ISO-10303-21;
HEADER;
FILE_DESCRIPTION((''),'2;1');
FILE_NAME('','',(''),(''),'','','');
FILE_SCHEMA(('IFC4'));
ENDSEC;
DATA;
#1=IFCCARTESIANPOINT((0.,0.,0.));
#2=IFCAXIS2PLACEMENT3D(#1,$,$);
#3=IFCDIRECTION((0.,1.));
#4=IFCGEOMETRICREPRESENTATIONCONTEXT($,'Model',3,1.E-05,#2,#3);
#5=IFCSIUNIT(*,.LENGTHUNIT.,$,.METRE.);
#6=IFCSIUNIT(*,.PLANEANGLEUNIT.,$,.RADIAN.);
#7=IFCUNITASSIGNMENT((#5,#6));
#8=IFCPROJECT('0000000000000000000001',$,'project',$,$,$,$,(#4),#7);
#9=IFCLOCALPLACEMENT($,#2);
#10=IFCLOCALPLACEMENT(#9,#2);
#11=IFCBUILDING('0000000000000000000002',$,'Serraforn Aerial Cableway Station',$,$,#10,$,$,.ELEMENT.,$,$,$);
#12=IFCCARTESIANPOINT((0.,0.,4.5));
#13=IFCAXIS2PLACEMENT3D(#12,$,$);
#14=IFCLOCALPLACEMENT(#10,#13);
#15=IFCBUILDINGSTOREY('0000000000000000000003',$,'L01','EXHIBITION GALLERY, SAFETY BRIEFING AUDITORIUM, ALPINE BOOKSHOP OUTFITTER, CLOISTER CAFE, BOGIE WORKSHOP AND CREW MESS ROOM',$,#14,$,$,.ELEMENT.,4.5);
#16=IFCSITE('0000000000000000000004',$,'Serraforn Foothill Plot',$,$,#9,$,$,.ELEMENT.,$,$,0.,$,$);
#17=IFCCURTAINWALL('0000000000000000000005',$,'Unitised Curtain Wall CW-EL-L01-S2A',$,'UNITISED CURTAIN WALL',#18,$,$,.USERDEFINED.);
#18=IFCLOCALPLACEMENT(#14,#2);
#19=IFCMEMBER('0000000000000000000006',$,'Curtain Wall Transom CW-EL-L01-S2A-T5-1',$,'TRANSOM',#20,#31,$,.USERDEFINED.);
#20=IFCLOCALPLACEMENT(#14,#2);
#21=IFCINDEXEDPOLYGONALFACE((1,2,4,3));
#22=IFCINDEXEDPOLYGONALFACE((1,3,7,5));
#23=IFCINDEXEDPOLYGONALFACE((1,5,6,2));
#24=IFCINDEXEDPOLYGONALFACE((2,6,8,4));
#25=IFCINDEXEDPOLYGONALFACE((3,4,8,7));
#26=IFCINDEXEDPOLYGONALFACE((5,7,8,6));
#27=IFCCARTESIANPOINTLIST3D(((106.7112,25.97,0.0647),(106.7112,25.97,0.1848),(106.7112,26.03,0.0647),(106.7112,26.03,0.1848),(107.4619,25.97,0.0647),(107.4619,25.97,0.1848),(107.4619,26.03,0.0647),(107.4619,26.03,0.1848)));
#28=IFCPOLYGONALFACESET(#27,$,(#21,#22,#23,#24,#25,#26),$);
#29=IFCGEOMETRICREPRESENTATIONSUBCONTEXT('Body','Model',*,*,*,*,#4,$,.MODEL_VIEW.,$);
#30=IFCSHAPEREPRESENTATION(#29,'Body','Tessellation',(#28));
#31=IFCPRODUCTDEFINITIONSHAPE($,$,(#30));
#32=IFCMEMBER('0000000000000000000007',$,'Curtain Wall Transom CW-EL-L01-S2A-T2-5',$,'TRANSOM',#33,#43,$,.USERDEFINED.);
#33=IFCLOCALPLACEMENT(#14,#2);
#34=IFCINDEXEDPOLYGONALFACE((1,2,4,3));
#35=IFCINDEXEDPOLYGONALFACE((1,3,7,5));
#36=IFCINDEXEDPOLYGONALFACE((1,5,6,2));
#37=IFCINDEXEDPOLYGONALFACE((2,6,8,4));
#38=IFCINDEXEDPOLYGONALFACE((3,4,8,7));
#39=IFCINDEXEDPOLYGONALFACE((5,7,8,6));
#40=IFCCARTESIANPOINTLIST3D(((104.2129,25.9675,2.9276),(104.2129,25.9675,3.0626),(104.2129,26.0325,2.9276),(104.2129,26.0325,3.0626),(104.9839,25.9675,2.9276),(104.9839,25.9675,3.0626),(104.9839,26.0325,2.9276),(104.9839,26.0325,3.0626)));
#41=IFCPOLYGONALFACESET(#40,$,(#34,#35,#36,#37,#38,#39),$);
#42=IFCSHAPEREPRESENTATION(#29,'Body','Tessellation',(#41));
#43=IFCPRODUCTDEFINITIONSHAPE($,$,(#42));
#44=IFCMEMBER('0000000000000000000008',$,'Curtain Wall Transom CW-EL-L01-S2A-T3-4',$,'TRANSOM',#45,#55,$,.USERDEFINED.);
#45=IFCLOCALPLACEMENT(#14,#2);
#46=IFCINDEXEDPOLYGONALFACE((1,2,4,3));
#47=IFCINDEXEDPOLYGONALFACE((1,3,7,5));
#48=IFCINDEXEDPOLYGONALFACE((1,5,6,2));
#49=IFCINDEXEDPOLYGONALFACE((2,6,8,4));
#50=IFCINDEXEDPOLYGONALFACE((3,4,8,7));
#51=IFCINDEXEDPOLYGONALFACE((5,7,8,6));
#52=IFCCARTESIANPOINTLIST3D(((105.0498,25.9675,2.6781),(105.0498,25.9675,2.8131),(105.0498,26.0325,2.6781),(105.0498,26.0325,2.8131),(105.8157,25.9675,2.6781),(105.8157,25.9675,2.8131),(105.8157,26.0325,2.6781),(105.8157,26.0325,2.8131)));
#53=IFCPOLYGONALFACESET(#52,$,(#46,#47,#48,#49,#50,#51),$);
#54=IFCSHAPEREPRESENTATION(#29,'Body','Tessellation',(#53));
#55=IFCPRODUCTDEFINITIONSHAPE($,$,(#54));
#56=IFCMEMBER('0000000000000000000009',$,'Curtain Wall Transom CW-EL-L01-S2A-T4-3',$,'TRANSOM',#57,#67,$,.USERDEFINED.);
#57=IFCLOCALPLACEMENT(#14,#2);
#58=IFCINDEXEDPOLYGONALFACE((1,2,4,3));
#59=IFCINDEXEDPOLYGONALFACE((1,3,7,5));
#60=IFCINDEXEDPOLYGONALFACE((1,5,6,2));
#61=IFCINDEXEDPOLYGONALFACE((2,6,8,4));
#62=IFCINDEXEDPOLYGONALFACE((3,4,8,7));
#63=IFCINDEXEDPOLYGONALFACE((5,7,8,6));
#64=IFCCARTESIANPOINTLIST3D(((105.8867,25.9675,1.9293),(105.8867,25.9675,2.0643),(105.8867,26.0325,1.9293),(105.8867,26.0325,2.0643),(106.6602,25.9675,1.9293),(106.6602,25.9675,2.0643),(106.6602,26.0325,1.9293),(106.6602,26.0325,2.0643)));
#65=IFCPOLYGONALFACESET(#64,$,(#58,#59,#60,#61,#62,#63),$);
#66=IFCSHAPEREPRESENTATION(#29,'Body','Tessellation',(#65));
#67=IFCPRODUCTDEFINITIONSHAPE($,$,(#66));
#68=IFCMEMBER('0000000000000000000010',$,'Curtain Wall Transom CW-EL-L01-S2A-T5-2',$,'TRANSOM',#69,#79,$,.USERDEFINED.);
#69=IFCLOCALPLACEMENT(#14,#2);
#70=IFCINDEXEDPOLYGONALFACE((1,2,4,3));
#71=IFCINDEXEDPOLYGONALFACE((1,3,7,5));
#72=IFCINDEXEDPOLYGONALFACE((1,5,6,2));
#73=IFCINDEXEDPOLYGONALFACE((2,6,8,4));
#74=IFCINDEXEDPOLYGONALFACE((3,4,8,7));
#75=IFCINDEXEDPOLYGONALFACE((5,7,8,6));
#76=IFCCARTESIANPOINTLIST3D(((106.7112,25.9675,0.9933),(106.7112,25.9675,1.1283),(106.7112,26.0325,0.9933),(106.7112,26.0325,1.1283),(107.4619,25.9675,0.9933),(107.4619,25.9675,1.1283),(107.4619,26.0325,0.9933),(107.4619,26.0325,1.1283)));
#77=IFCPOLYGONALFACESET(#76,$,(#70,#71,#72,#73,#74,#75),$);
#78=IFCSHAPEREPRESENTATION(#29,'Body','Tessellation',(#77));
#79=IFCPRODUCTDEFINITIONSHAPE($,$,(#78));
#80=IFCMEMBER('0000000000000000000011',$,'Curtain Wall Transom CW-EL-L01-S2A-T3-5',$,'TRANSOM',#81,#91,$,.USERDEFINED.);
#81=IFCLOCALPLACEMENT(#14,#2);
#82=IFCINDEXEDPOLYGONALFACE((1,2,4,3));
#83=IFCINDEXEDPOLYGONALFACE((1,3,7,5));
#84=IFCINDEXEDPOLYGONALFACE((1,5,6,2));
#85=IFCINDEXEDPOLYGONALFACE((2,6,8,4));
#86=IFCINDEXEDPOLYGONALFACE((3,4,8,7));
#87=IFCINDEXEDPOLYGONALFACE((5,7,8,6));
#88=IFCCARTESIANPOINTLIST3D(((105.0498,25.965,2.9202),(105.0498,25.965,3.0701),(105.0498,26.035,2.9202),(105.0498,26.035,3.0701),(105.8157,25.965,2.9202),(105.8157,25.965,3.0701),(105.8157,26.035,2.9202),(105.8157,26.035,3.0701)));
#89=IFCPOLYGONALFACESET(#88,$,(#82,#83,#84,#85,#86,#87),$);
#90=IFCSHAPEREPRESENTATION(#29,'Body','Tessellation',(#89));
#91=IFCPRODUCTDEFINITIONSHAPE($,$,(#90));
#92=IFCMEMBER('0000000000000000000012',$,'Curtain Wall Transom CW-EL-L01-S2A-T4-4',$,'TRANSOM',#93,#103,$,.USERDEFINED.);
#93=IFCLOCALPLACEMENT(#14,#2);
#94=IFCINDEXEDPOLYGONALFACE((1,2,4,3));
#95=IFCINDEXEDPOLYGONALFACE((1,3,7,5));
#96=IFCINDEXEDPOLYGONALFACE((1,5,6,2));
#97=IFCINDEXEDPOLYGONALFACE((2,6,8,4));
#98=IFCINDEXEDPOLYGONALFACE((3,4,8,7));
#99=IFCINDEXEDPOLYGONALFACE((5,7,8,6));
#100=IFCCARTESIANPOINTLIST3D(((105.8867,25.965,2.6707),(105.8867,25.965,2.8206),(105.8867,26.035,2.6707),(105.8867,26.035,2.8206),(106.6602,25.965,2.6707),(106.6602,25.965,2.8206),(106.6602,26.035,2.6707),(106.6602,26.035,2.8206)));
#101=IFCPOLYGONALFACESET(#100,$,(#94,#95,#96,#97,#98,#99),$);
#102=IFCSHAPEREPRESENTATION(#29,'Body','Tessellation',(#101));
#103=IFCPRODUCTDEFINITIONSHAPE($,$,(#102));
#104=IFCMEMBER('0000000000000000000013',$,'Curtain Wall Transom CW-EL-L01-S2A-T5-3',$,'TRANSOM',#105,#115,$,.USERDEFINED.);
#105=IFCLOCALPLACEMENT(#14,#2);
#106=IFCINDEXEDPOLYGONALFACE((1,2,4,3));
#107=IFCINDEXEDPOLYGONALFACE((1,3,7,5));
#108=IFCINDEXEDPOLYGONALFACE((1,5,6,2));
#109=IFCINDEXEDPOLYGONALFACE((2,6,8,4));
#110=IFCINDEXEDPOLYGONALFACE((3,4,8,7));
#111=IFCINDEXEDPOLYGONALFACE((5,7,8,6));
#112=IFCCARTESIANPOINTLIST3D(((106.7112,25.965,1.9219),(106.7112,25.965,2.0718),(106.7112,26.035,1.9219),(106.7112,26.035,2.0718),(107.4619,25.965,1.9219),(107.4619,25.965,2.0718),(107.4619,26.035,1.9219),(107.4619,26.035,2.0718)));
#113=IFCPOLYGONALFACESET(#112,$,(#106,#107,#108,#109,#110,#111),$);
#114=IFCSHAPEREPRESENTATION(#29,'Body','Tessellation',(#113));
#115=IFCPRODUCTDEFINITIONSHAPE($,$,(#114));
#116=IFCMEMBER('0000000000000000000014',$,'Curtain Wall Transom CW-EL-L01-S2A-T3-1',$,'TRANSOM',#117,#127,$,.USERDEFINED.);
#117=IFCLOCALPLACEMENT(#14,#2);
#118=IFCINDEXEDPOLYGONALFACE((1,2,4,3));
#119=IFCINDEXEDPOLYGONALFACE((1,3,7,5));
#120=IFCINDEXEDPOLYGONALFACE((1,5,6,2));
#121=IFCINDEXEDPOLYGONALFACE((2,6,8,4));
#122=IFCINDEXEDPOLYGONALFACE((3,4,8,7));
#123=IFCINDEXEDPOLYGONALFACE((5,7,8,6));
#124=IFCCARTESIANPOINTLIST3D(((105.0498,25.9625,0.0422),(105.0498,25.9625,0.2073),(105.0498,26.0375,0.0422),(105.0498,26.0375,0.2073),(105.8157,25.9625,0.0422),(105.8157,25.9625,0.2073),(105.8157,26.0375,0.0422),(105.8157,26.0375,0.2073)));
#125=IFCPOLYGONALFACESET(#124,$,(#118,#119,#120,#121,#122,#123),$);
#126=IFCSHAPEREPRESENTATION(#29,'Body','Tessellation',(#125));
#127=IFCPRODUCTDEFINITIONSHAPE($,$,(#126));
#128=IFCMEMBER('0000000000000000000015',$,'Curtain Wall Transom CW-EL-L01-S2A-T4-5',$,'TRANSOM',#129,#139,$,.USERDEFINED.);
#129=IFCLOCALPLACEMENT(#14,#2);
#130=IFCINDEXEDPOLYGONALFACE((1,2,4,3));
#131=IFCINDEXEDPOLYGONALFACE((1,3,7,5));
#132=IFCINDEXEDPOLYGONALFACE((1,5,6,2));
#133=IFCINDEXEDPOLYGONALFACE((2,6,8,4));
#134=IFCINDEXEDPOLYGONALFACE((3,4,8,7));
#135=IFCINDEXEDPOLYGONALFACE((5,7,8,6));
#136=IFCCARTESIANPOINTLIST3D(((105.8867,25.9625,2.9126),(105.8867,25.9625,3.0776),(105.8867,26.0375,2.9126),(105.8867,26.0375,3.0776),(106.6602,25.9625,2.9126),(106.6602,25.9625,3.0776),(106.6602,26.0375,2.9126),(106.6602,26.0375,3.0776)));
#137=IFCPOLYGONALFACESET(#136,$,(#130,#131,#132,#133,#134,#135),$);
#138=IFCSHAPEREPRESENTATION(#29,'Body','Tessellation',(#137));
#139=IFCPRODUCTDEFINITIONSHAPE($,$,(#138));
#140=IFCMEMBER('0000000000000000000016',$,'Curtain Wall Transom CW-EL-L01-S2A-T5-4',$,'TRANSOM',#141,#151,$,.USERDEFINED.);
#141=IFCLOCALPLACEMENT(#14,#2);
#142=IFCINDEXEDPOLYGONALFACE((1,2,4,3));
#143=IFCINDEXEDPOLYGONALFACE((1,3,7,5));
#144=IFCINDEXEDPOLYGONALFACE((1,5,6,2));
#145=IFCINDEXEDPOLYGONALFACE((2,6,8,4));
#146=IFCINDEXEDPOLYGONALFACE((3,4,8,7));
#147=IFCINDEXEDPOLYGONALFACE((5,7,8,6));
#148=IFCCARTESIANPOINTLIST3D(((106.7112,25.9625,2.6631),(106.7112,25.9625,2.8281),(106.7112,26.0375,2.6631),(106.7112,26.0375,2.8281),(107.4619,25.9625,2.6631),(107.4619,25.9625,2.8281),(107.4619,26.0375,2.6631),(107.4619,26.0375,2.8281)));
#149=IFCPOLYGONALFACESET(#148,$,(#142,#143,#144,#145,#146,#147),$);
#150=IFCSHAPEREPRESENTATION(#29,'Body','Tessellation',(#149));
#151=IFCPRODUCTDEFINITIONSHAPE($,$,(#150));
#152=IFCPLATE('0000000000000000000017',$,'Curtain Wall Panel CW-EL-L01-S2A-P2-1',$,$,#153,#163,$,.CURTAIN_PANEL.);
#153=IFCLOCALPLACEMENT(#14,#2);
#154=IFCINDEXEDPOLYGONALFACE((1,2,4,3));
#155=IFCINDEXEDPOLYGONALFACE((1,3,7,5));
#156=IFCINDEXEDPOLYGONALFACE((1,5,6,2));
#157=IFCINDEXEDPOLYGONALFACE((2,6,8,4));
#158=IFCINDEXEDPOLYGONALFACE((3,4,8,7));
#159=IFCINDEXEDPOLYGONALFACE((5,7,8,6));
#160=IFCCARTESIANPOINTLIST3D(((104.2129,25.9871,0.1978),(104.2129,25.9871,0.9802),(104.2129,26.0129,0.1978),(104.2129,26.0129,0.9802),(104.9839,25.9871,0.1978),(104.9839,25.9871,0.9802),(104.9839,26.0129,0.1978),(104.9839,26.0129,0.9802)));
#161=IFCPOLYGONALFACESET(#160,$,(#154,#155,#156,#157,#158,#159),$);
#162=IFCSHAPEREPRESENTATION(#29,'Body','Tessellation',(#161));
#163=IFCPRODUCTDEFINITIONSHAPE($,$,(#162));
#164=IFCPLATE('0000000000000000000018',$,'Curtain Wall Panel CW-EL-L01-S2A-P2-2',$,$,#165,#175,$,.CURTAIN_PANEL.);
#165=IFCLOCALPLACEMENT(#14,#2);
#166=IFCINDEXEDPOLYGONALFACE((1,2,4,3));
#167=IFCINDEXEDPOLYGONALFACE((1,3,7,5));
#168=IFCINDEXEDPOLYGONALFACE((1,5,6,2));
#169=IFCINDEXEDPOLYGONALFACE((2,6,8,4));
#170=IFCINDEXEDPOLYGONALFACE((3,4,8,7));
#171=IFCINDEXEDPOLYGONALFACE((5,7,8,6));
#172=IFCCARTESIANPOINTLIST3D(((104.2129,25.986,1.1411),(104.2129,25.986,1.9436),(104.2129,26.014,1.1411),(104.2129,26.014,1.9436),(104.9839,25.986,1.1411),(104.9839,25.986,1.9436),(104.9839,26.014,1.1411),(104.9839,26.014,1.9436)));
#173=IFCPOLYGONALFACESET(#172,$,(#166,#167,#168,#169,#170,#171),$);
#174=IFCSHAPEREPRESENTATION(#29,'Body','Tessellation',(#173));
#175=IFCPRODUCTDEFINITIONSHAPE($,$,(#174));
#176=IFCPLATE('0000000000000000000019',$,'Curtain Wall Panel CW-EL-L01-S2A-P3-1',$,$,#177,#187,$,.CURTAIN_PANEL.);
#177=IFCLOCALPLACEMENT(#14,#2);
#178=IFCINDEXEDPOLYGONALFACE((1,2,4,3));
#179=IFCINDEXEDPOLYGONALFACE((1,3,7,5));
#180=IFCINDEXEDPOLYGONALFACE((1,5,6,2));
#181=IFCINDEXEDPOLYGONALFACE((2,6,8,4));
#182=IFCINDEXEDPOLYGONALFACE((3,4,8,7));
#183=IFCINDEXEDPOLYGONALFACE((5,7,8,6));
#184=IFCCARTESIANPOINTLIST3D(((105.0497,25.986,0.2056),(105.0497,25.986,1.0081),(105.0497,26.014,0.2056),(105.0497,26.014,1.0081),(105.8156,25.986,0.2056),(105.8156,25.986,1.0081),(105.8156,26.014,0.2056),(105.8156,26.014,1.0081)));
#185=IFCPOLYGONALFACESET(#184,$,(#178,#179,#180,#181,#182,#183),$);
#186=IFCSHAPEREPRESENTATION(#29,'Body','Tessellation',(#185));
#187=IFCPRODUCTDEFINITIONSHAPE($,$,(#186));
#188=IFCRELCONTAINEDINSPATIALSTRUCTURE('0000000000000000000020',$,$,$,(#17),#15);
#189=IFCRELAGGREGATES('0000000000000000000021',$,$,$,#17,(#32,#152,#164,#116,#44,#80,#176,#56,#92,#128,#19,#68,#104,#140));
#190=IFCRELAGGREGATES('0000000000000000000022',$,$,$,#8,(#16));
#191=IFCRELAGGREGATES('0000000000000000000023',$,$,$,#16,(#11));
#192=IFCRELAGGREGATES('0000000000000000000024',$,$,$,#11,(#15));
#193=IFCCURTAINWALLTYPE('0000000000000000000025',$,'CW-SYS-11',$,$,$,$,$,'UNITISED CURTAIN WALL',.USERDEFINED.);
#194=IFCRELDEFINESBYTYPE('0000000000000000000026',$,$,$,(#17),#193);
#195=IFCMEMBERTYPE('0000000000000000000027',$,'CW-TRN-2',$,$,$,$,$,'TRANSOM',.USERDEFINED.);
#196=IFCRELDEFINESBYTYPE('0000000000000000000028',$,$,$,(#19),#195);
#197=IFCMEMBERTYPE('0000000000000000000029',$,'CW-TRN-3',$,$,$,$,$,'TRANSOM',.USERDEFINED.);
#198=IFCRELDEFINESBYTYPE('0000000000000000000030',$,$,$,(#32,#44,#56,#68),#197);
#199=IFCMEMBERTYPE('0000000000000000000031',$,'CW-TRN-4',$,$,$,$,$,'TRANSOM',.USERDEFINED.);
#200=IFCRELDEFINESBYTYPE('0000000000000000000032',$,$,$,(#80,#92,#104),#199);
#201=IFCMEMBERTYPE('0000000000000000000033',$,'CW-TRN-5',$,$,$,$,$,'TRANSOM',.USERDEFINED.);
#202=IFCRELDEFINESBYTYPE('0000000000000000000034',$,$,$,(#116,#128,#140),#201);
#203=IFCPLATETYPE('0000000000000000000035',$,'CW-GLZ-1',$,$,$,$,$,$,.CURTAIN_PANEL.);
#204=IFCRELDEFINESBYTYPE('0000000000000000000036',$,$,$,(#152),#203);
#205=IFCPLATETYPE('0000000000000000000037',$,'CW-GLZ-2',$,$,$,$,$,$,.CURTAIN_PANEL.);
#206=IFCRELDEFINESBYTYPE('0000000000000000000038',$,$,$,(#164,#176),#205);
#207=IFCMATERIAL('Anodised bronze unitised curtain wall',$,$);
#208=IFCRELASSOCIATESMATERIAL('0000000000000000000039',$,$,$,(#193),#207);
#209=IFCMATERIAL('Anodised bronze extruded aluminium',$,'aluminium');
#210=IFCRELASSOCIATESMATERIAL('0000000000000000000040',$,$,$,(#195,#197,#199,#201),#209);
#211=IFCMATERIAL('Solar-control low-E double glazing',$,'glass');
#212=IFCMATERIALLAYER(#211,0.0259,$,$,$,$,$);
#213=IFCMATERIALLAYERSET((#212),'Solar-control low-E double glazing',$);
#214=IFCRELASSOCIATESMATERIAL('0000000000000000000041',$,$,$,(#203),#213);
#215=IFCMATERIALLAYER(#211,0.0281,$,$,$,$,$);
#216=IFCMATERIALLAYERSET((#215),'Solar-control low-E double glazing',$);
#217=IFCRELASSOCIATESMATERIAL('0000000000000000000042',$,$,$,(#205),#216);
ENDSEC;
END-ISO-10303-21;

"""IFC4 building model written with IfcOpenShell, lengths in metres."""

from ifc_helpers import new_model, si_unit, direction, frame, origin, origin_2d, place, context, subcontext, project, spatial, rectangle, extrude, material, layer, layer_set, material_profile, profile_set, type_object, element, aggregate, save


model = new_model("IFC4")

# Units and contexts
model_context = context("Model", 3, precision=1e-05, world=origin(), true_north=direction((0.0, 1.0)))
body_context = subcontext(model_context, "Body", "Model", "MODEL_VIEW")
ifc_project = project(units=[si_unit("LENGTHUNIT", "METRE"), si_unit("PLANEANGLEUNIT", "RADIAN")], contexts=[model_context])

# Site, building, storey
site_placement = place(None, origin())
site = spatial("IfcSite", under=ifc_project, at=site_placement, Name="Serraforn Foothill Plot", CompositionType="ELEMENT", RefElevation=0.0)
building_placement = place(site_placement, origin())
building = spatial("IfcBuilding", under=site, at=building_placement, Name="Serraforn Aerial Cableway Station", CompositionType="ELEMENT")
storey_placement = place(building_placement, frame((0.0, 0.0, 4.5)))
storey = spatial("IfcBuildingStorey", under=building, at=storey_placement, Name="L01", Description="EXHIBITION GALLERY, SAFETY BRIEFING AUDITORIUM, ALPINE BOOKSHOP OUTFITTER, CLOISTER CAFE, BOGIE WORKSHOP AND CREW MESS ROOM", CompositionType="ELEMENT", Elevation=4.5)

# Curtain wall, members, plates
ifc_material_1 = material(Name="Anodised bronze unitised curtain wall")
curtain_wall_type = type_object("IfcCurtainWallType", Name="CW-SYS-11", ElementType="UNITISED CURTAIN WALL", PredefinedType="USERDEFINED", material=ifc_material_1)
curtain_wall_placement = place(storey_placement, origin())
curtain_wall = element("IfcCurtainWall", 1, at=curtain_wall_placement, inside=storey, type_object=curtain_wall_type, Name="Unitised Curtain Wall CW-EL-L01-S2A", ObjectType="UNITISED CURTAIN WALL", PredefinedType="USERDEFINED")
ifc_material_2 = material(Name="Anodised bronze extruded aluminium", Category="aluminium")
ifc_material_profile_1 = material_profile(ifc_material_2, rectangle(XDim=0.0601, YDim=0.1201, at=origin_2d()), Name="CW TRANSOM 60x120")
ifc_profile_set_1 = profile_set([ifc_material_profile_1], Name="Anodised bronze extruded aluminium")
member_type_1 = type_object("IfcMemberType", Name="CW-TRN-2", ElementType="TRANSOM", PredefinedType="USERDEFINED", material=ifc_profile_set_1)
member_1_placement = place(storey_placement, frame((106.7112, 26.0, 0.1248), z_axis=(1.0, 0.0, 0.0), x_axis=(0.0, 1.0, 0.0)))
member_1 = element("IfcMember", 2, at=member_1_placement, type_object=member_type_1, Name="Curtain Wall Transom CW-EL-L01-S2A-T5-1", ObjectType="TRANSOM", PredefinedType="USERDEFINED", context=body_context, shape_type="SweptSolid", body=[
    extrude(rectangle(XDim=0.0601, YDim=0.1201, at=origin_2d()), origin(), (0.0, 0.0, 1.0), 0.7507),
])
ifc_material_profile_2 = material_profile(ifc_material_2, rectangle(XDim=0.0649, YDim=0.135, at=origin_2d()), Name="CW TRANSOM 65x135")
ifc_profile_set_2 = profile_set([ifc_material_profile_2], Name="Anodised bronze extruded aluminium")
member_type_2 = type_object("IfcMemberType", Name="CW-TRN-3", ElementType="TRANSOM", PredefinedType="USERDEFINED", material=ifc_profile_set_2)
member_2_placement = place(storey_placement, frame((104.2129, 26.0, 2.9951), z_axis=(1.0, 0.0, 0.0), x_axis=(0.0, 1.0, 0.0)))
member_2 = element("IfcMember", 3, at=member_2_placement, type_object=member_type_2, Name="Curtain Wall Transom CW-EL-L01-S2A-T2-5", ObjectType="TRANSOM", PredefinedType="USERDEFINED", context=body_context, shape_type="SweptSolid", body=[
    extrude(rectangle(XDim=0.0649, YDim=0.135, at=origin_2d()), origin(), (0.0, 0.0, 1.0), 0.771),
])
member_3_placement = place(storey_placement, frame((105.0498, 26.0, 2.7456), z_axis=(1.0, 0.0, 0.0), x_axis=(0.0, 1.0, 0.0)))
member_3 = element("IfcMember", 4, at=member_3_placement, type_object=member_type_2, Name="Curtain Wall Transom CW-EL-L01-S2A-T3-4", ObjectType="TRANSOM", PredefinedType="USERDEFINED", context=body_context, shape_type="SweptSolid", body=[
    extrude(rectangle(XDim=0.0649, YDim=0.135, at=origin_2d()), origin(), (0.0, 0.0, 1.0), 0.7659),
])
member_4_placement = place(storey_placement, frame((105.8867, 26.0, 1.9968), z_axis=(1.0, 0.0, 0.0), x_axis=(0.0, 1.0, 0.0)))
member_4 = element("IfcMember", 5, at=member_4_placement, type_object=member_type_2, Name="Curtain Wall Transom CW-EL-L01-S2A-T4-3", ObjectType="TRANSOM", PredefinedType="USERDEFINED", context=body_context, shape_type="SweptSolid", body=[
    extrude(rectangle(XDim=0.0649, YDim=0.135, at=origin_2d()), origin(), (0.0, 0.0, 1.0), 0.7734),
])
member_5_placement = place(storey_placement, frame((106.7112, 26.0, 1.0608), z_axis=(1.0, 0.0, 0.0), x_axis=(0.0, 1.0, 0.0)))
member_5 = element("IfcMember", 6, at=member_5_placement, type_object=member_type_2, Name="Curtain Wall Transom CW-EL-L01-S2A-T5-2", ObjectType="TRANSOM", PredefinedType="USERDEFINED", context=body_context, shape_type="SweptSolid", body=[
    extrude(rectangle(XDim=0.0649, YDim=0.135, at=origin_2d()), origin(), (0.0, 0.0, 1.0), 0.7507),
])
ifc_material_profile_3 = material_profile(ifc_material_2, rectangle(XDim=0.0701, YDim=0.1499, at=origin_2d()), Name="CW TRANSOM 70x150")
ifc_profile_set_3 = profile_set([ifc_material_profile_3], Name="Anodised bronze extruded aluminium")
member_type_3 = type_object("IfcMemberType", Name="CW-TRN-4", ElementType="TRANSOM", PredefinedType="USERDEFINED", material=ifc_profile_set_3)
member_6_placement = place(storey_placement, frame((105.0498, 26.0, 2.9951), z_axis=(1.0, 0.0, 0.0), x_axis=(0.0, 1.0, 0.0)))
member_6 = element("IfcMember", 7, at=member_6_placement, type_object=member_type_3, Name="Curtain Wall Transom CW-EL-L01-S2A-T3-5", ObjectType="TRANSOM", PredefinedType="USERDEFINED", context=body_context, shape_type="SweptSolid", body=[
    extrude(rectangle(XDim=0.0701, YDim=0.1499, at=origin_2d()), origin(), (0.0, 0.0, 1.0), 0.7659),
])
member_7_placement = place(storey_placement, frame((105.8867, 26.0, 2.7456), z_axis=(1.0, 0.0, 0.0), x_axis=(0.0, 1.0, 0.0)))
member_7 = element("IfcMember", 8, at=member_7_placement, type_object=member_type_3, Name="Curtain Wall Transom CW-EL-L01-S2A-T4-4", ObjectType="TRANSOM", PredefinedType="USERDEFINED", context=body_context, shape_type="SweptSolid", body=[
    extrude(rectangle(XDim=0.0701, YDim=0.1499, at=origin_2d()), origin(), (0.0, 0.0, 1.0), 0.7734),
])
member_8_placement = place(storey_placement, frame((106.7112, 26.0, 1.9968), z_axis=(1.0, 0.0, 0.0), x_axis=(0.0, 1.0, 0.0)))
member_8 = element("IfcMember", 9, at=member_8_placement, type_object=member_type_3, Name="Curtain Wall Transom CW-EL-L01-S2A-T5-3", ObjectType="TRANSOM", PredefinedType="USERDEFINED", context=body_context, shape_type="SweptSolid", body=[
    extrude(rectangle(XDim=0.0701, YDim=0.1499, at=origin_2d()), origin(), (0.0, 0.0, 1.0), 0.7507),
])
ifc_material_profile_4 = material_profile(ifc_material_2, rectangle(XDim=0.075, YDim=0.165, at=origin_2d()), Name="CW TRANSOM 75x165")
ifc_profile_set_4 = profile_set([ifc_material_profile_4], Name="Anodised bronze extruded aluminium")
member_type_4 = type_object("IfcMemberType", Name="CW-TRN-5", ElementType="TRANSOM", PredefinedType="USERDEFINED", material=ifc_profile_set_4)
member_9_placement = place(storey_placement, frame((105.0498, 26.0, 0.1248), z_axis=(1.0, 0.0, 0.0), x_axis=(0.0, 1.0, 0.0)))
member_9 = element("IfcMember", 10, at=member_9_placement, type_object=member_type_4, Name="Curtain Wall Transom CW-EL-L01-S2A-T3-1", ObjectType="TRANSOM", PredefinedType="USERDEFINED", context=body_context, shape_type="SweptSolid", body=[
    extrude(rectangle(XDim=0.075, YDim=0.165, at=origin_2d()), origin(), (0.0, 0.0, 1.0), 0.7659),
])
member_10_placement = place(storey_placement, frame((105.8867, 26.0, 2.9951), z_axis=(1.0, 0.0, 0.0), x_axis=(0.0, 1.0, 0.0)))
member_10 = element("IfcMember", 11, at=member_10_placement, type_object=member_type_4, Name="Curtain Wall Transom CW-EL-L01-S2A-T4-5", ObjectType="TRANSOM", PredefinedType="USERDEFINED", context=body_context, shape_type="SweptSolid", body=[
    extrude(rectangle(XDim=0.075, YDim=0.165, at=origin_2d()), origin(), (0.0, 0.0, 1.0), 0.7734),
])
member_11_placement = place(storey_placement, frame((106.7112, 26.0, 2.7456), z_axis=(1.0, 0.0, 0.0), x_axis=(0.0, 1.0, 0.0)))
member_11 = element("IfcMember", 12, at=member_11_placement, type_object=member_type_4, Name="Curtain Wall Transom CW-EL-L01-S2A-T5-4", ObjectType="TRANSOM", PredefinedType="USERDEFINED", context=body_context, shape_type="SweptSolid", body=[
    extrude(rectangle(XDim=0.075, YDim=0.165, at=origin_2d()), origin(), (0.0, 0.0, 1.0), 0.7507),
])
ifc_material_3 = material(Name="Solar-control low-E double glazing", Category="glass")
ifc_layer_1 = layer(ifc_material_3, 0.0259)
ifc_layer_set_1 = layer_set([ifc_layer_1], Name="Solar-control low-E double glazing")
plate_type_1 = type_object("IfcPlateType", Name="CW-GLZ-1", PredefinedType="CURTAIN_PANEL", material=ifc_layer_set_1)
plate_1_placement = place(storey_placement, frame((104.5984, 26.0, 0.1978), z_axis=(0.0, 0.0, 1.0), x_axis=(1.0, 0.0, 0.0)))
plate_1 = element("IfcPlate", 13, at=plate_1_placement, type_object=plate_type_1, Name="Curtain Wall Panel CW-EL-L01-S2A-P2-1", PredefinedType="CURTAIN_PANEL", context=body_context, shape_type="SweptSolid", body=[
    extrude(rectangle(XDim=0.771, YDim=0.0259, at=origin_2d()), origin(), (0.0, 0.0, 1.0), 0.7825),
])
ifc_layer_2 = layer(ifc_material_3, 0.0281)
ifc_layer_set_2 = layer_set([ifc_layer_2], Name="Solar-control low-E double glazing")
plate_type_2 = type_object("IfcPlateType", Name="CW-GLZ-2", PredefinedType="CURTAIN_PANEL", material=ifc_layer_set_2)
plate_2_placement = place(storey_placement, frame((104.5984, 26.0, 1.1411), z_axis=(0.0, 0.0, 1.0), x_axis=(1.0, 0.0, 0.0)))
plate_2 = element("IfcPlate", 14, at=plate_2_placement, type_object=plate_type_2, Name="Curtain Wall Panel CW-EL-L01-S2A-P2-2", PredefinedType="CURTAIN_PANEL", context=body_context, shape_type="SweptSolid", body=[
    extrude(rectangle(XDim=0.771, YDim=0.0281, at=origin_2d()), origin(), (0.0, 0.0, 1.0), 0.8025),
])
plate_3_placement = place(storey_placement, frame((105.4326, 26.0, 0.2056), z_axis=(0.0, 0.0, 1.0), x_axis=(1.0, 0.0, 0.0)))
plate_3 = element("IfcPlate", 15, at=plate_3_placement, type_object=plate_type_2, Name="Curtain Wall Panel CW-EL-L01-S2A-P3-1", PredefinedType="CURTAIN_PANEL", context=body_context, shape_type="SweptSolid", body=[
    extrude(rectangle(XDim=0.7659, YDim=0.0281, at=origin_2d()), origin(), (0.0, 0.0, 1.0), 0.8025),
])
aggregate(curtain_wall, [member_2, plate_1, plate_2, member_9, member_3, member_6, plate_3, member_4, member_7, member_10, member_1, member_5, member_8, member_11])

save(model, "model.ifc")
